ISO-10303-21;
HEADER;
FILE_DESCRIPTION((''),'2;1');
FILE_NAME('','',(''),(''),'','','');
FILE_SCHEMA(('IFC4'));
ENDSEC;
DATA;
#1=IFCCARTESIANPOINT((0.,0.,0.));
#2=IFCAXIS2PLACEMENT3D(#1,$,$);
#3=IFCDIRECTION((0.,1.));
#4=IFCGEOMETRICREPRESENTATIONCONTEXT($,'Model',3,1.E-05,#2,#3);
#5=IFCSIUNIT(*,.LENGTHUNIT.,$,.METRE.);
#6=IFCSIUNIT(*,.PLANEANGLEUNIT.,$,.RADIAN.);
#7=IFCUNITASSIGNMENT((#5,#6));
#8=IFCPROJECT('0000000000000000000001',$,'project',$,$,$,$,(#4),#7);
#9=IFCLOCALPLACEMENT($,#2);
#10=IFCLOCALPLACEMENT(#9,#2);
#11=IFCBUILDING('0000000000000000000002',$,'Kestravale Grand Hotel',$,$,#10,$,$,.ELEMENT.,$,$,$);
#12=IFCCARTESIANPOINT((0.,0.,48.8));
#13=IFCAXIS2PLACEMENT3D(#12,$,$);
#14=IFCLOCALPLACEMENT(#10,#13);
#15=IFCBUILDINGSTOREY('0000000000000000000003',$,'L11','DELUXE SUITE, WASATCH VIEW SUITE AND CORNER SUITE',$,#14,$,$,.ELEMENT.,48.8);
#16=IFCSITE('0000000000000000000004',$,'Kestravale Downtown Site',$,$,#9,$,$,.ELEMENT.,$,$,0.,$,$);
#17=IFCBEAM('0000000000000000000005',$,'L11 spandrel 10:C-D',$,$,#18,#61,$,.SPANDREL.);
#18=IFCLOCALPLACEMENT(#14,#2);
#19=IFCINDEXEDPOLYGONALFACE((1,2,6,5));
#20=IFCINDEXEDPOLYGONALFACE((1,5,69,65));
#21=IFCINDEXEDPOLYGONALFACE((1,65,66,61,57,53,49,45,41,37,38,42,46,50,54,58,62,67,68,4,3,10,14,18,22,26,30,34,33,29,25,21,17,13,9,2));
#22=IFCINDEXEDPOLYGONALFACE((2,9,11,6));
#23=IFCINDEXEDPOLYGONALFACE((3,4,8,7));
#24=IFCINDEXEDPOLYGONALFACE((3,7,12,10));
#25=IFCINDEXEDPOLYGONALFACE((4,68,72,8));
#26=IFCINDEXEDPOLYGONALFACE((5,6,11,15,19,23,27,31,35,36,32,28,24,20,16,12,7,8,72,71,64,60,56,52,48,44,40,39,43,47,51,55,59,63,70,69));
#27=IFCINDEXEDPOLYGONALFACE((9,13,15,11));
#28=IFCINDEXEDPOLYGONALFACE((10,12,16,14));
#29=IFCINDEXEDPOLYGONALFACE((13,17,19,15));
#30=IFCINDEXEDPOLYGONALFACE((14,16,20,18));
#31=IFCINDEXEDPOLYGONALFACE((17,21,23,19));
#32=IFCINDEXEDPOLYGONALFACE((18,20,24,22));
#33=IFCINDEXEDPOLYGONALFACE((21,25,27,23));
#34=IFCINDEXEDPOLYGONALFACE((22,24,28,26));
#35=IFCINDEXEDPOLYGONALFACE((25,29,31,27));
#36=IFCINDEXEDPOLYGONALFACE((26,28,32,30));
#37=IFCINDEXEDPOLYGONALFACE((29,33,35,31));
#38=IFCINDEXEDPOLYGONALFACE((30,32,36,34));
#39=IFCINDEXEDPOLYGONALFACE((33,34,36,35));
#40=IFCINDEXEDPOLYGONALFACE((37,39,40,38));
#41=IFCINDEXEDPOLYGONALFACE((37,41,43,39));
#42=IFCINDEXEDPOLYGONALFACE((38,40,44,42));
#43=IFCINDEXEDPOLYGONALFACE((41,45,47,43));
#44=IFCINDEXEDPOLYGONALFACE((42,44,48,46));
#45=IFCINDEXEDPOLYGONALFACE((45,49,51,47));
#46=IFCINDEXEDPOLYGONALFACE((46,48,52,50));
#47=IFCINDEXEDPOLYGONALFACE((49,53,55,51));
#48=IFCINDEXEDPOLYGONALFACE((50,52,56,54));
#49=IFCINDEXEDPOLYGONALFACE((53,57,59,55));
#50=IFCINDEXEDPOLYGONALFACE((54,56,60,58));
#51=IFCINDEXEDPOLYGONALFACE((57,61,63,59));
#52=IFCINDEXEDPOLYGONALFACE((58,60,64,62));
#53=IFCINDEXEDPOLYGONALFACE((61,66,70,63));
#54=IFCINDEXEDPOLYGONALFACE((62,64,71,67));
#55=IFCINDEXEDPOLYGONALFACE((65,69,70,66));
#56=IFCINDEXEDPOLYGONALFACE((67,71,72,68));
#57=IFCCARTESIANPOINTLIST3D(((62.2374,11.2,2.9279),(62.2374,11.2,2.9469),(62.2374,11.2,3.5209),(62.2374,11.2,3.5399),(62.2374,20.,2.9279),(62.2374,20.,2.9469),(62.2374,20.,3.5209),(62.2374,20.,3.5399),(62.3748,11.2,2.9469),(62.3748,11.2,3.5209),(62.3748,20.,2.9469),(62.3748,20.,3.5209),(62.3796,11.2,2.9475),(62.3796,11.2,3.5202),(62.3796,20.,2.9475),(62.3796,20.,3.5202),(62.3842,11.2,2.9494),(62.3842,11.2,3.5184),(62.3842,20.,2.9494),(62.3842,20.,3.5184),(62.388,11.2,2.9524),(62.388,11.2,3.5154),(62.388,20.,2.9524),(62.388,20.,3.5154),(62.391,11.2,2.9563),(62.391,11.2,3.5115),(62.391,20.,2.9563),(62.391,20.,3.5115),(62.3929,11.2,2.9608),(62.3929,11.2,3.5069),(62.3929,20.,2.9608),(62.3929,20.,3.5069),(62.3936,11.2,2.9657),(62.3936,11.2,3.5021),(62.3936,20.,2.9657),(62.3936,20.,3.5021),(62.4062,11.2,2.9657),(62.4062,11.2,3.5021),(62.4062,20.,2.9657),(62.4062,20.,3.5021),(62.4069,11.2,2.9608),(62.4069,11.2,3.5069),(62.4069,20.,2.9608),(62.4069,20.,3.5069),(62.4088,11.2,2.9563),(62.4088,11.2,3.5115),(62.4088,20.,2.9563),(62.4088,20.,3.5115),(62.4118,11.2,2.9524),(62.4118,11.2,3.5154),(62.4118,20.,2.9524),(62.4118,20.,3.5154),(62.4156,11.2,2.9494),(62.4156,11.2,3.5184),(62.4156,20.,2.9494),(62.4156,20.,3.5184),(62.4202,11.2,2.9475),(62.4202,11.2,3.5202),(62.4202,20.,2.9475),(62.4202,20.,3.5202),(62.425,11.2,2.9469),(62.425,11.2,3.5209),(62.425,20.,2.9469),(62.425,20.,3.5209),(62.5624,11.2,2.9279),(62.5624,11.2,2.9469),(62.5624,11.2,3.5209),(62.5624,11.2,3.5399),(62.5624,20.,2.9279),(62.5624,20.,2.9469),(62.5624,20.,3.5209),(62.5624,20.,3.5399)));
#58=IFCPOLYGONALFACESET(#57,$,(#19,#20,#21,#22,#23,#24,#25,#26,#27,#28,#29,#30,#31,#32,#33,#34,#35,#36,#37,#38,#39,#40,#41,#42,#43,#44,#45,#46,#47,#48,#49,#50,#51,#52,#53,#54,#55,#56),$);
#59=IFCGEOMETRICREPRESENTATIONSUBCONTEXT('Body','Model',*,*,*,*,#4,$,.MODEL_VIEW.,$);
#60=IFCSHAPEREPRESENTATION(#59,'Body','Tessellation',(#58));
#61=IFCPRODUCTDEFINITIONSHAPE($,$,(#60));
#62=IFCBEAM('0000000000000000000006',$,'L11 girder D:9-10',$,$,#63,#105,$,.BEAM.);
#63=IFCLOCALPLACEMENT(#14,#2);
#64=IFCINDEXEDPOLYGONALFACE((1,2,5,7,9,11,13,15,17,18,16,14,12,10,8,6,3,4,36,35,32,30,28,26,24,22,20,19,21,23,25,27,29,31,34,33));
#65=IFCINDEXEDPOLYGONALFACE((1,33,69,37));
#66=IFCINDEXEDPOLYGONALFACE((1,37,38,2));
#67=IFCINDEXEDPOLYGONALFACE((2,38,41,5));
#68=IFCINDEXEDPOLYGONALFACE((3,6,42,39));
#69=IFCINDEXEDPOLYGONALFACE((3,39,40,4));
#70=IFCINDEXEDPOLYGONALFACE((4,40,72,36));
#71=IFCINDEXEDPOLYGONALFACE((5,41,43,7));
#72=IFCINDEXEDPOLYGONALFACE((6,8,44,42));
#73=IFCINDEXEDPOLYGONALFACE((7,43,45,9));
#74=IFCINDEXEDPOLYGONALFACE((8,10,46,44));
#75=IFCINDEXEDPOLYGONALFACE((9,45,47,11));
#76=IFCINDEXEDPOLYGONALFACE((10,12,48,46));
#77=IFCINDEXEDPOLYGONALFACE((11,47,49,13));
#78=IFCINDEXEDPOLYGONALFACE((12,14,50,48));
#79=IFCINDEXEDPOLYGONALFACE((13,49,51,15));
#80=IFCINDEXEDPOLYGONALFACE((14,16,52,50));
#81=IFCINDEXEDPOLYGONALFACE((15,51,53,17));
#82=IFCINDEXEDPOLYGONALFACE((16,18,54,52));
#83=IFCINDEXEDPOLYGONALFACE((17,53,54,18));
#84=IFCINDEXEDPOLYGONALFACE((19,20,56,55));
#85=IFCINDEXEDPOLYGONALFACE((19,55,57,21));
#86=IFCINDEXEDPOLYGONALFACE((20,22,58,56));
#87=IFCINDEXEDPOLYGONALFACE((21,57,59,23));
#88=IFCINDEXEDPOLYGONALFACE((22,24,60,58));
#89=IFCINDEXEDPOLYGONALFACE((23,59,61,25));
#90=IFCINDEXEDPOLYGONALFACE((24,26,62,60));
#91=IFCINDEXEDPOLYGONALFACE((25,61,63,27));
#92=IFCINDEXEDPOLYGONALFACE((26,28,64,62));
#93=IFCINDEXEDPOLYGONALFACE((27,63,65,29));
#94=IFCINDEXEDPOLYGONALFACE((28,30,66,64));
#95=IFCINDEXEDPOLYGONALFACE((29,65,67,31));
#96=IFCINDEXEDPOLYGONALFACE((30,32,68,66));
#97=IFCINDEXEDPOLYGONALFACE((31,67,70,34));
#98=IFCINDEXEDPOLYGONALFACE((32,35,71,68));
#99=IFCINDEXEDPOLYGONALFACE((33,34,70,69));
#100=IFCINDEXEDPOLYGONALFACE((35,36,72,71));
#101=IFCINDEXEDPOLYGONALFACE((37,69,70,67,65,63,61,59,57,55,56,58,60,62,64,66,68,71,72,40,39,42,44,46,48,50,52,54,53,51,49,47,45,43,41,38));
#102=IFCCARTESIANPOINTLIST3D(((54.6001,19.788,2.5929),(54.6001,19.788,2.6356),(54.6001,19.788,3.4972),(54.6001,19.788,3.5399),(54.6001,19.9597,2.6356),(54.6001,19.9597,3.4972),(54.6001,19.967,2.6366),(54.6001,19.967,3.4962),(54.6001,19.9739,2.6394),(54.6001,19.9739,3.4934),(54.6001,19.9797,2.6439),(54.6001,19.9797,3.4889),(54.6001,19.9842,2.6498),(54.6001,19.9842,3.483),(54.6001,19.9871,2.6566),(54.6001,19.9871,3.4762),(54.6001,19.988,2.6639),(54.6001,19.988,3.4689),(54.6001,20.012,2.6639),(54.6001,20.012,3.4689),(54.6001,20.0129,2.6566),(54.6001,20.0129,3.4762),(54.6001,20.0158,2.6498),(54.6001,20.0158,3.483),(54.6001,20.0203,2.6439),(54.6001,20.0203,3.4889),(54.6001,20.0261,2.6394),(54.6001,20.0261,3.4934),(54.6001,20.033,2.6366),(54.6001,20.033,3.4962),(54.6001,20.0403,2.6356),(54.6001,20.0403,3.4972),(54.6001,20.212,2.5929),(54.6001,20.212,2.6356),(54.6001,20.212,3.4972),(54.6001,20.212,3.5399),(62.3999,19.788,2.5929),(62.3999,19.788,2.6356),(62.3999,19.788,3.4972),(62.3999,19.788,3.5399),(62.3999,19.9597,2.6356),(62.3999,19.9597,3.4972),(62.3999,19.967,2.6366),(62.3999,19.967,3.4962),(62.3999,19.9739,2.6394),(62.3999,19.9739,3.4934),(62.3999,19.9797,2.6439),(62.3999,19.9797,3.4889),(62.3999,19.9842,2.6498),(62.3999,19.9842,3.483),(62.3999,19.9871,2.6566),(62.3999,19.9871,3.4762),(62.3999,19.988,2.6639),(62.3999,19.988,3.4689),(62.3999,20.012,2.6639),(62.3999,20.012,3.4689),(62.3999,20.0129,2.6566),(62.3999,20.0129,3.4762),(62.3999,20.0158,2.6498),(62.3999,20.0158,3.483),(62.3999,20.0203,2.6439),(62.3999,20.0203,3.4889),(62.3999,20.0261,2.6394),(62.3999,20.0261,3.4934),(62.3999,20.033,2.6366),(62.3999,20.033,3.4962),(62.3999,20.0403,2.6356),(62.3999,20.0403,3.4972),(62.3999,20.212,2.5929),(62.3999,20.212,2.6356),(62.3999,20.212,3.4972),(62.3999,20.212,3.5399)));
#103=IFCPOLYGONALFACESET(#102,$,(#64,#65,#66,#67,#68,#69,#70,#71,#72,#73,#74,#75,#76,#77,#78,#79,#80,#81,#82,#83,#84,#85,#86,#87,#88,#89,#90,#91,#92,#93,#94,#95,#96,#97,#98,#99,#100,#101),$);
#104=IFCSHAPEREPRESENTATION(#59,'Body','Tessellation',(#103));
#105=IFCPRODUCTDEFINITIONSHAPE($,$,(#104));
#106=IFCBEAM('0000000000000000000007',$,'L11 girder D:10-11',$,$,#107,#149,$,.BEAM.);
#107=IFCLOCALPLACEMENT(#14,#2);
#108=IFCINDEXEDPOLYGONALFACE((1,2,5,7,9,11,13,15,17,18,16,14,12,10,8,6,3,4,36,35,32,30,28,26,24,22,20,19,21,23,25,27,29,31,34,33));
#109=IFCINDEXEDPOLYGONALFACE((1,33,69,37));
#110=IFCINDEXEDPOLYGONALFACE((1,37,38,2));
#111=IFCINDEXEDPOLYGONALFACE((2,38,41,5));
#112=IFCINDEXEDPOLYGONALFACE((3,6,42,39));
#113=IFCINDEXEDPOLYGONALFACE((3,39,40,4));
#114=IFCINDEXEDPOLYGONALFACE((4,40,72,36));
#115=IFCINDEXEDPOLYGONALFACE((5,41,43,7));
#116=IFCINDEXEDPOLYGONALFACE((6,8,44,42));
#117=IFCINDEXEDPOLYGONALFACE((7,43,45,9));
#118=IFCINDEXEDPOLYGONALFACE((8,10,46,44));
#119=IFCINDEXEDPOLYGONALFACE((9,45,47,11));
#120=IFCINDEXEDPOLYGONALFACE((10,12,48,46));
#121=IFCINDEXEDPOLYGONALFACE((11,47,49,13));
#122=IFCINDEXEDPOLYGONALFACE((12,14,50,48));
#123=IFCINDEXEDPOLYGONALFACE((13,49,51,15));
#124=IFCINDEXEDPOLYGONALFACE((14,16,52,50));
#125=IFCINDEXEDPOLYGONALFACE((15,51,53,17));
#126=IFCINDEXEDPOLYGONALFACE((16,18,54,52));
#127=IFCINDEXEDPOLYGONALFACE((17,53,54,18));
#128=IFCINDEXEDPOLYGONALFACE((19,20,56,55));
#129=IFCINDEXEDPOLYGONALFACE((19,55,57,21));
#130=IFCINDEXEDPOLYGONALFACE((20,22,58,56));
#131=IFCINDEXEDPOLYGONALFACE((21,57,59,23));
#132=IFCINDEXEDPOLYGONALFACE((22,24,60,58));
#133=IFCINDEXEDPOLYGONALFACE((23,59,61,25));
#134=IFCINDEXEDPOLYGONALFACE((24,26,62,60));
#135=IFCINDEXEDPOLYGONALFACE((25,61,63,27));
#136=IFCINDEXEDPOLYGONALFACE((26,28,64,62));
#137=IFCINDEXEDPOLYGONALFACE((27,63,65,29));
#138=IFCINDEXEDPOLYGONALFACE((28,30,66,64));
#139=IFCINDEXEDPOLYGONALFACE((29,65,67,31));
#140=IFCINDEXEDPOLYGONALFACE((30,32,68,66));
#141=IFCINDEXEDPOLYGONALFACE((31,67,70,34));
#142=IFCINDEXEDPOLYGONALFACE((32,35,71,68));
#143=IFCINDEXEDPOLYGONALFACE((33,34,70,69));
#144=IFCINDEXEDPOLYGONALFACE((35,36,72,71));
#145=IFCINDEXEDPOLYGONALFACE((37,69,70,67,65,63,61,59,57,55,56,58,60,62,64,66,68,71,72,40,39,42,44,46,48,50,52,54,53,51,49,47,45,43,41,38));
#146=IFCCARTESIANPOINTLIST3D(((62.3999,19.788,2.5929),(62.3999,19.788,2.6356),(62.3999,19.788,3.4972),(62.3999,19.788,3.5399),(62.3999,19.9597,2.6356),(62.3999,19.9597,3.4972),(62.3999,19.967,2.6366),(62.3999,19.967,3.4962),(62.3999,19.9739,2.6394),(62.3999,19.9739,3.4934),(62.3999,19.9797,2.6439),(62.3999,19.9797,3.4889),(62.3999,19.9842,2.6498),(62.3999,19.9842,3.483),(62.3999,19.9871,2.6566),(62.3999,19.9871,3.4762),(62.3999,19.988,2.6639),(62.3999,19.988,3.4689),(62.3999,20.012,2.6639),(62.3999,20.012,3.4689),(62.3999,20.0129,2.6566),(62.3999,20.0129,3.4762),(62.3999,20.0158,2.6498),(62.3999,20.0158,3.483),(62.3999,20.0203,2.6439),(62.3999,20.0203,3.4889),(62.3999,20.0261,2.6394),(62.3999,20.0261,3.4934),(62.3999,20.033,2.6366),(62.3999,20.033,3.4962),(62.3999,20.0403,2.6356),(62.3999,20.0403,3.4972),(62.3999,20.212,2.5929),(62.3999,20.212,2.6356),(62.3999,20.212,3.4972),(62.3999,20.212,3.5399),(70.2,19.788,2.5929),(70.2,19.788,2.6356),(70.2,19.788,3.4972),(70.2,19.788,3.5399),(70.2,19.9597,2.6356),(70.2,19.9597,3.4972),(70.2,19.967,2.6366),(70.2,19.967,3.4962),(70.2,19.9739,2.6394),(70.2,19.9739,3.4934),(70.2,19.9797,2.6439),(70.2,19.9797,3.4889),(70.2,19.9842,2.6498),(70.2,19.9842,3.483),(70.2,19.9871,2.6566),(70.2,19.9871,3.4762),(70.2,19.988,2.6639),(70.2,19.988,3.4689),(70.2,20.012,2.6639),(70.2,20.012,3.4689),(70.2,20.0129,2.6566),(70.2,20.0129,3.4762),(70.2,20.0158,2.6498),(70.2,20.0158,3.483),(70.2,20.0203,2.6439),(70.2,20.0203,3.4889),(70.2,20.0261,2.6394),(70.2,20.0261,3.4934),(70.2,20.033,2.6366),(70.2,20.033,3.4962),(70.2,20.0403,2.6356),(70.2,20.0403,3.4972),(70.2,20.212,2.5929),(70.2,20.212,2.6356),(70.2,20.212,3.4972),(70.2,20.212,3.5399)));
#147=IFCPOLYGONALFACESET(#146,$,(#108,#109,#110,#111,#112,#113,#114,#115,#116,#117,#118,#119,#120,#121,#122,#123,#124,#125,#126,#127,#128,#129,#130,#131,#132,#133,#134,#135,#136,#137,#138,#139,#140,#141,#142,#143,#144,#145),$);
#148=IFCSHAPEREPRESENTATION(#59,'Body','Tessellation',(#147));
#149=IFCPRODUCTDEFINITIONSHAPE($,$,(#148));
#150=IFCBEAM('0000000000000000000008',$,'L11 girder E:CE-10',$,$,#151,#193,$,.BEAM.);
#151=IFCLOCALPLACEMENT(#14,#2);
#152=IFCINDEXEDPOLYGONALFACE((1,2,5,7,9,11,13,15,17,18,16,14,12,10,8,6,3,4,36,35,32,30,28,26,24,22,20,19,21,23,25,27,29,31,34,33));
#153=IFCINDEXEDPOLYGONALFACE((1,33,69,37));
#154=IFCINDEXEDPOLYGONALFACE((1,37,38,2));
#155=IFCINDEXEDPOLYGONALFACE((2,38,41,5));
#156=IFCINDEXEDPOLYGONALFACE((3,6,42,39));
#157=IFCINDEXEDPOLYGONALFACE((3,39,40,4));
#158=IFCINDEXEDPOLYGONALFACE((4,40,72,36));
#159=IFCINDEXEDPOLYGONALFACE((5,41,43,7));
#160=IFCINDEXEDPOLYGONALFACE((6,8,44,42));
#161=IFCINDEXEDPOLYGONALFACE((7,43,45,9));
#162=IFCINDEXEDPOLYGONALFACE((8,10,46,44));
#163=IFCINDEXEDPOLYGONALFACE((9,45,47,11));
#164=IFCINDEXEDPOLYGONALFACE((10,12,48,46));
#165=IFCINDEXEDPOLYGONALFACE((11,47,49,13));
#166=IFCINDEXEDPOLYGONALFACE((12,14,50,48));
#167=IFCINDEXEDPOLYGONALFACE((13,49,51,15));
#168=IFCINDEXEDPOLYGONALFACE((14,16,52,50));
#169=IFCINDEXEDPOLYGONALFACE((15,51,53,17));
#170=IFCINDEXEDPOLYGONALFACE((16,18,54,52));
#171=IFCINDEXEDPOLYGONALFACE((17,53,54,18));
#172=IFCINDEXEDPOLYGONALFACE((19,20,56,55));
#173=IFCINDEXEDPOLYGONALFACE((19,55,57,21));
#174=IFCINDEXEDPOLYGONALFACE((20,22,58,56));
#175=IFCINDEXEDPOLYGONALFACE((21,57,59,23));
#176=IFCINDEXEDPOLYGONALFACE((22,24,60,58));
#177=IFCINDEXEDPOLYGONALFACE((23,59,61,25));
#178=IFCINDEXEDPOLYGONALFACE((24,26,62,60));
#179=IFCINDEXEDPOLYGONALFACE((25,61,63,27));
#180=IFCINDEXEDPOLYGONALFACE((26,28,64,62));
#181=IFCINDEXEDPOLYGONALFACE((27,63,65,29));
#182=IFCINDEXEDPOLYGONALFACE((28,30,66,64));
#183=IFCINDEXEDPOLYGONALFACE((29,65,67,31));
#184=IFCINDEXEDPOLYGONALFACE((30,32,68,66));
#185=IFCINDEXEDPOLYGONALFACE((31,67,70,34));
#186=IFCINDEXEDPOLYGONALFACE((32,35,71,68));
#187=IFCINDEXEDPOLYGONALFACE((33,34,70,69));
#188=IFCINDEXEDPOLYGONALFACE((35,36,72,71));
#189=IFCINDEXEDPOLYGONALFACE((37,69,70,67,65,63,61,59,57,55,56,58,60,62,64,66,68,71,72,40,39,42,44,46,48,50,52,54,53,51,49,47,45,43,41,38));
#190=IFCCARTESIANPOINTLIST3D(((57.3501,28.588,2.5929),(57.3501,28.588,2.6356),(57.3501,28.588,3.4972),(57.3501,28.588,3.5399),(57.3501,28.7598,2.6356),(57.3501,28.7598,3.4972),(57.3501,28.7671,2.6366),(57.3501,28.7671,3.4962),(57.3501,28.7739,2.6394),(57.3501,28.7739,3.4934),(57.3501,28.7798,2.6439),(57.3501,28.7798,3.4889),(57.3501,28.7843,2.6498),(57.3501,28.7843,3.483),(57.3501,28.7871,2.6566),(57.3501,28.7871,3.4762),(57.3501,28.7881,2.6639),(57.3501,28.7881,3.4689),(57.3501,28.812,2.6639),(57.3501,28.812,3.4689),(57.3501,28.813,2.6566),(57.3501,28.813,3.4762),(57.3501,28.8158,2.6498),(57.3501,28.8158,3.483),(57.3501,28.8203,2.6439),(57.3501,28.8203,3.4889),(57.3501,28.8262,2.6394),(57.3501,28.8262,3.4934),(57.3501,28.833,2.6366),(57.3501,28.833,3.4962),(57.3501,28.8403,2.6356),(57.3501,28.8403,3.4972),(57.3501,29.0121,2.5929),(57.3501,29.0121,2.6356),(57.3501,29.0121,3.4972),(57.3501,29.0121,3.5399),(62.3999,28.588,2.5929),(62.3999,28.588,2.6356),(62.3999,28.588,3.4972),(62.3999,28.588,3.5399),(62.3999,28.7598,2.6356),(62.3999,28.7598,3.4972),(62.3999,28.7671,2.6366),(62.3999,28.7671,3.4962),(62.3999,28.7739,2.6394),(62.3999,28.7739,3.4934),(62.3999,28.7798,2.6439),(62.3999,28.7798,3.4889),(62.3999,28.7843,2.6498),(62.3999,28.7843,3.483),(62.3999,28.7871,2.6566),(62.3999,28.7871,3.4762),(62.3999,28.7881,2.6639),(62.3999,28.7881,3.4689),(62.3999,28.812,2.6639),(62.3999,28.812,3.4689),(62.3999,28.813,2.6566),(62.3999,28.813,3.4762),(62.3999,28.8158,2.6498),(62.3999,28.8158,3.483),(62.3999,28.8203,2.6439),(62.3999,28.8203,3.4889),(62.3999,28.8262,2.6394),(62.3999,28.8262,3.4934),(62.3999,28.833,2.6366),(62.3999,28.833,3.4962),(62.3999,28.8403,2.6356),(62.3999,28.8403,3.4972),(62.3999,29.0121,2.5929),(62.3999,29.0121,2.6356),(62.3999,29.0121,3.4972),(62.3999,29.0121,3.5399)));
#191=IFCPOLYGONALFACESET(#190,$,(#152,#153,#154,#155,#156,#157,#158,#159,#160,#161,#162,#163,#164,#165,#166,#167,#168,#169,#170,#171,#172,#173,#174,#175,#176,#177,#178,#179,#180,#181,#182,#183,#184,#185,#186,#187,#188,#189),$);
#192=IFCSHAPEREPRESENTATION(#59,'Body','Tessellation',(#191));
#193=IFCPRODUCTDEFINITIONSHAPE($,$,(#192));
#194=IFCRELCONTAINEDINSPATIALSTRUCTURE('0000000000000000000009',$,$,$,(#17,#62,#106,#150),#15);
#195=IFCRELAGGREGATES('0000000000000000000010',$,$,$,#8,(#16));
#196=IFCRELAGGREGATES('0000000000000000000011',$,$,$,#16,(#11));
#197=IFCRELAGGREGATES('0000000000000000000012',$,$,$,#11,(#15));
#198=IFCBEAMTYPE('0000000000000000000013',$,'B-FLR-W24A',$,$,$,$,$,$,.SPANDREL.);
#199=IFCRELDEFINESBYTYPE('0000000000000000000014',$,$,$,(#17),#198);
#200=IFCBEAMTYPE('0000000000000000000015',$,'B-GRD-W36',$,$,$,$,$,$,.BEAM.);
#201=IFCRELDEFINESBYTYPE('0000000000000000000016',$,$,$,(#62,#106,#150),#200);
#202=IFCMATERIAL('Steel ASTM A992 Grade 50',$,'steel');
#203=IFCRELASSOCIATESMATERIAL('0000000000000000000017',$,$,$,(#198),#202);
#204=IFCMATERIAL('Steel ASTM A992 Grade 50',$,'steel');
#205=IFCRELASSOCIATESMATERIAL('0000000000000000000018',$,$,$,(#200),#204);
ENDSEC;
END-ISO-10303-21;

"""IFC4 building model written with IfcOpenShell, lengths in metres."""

from ifc_helpers import new_model, si_unit, direction, frame, origin, origin_2d, place, context, subcontext, project, spatial, i_section, extrude, material, material_profile, profile_set, type_object, element, save


model = new_model("IFC4")

# Units and contexts
model_context = context("Model", 3, precision=1e-05, world=origin(), true_north=direction((0.0, 1.0)))
body_context = subcontext(model_context, "Body", "Model", "MODEL_VIEW")
ifc_project = project(units=[si_unit("LENGTHUNIT", "METRE"), si_unit("PLANEANGLEUNIT", "RADIAN")], contexts=[model_context])

# Site, building, storey
site_placement = place(None, origin())
site = spatial("IfcSite", under=ifc_project, at=site_placement, Name="Kestravale Downtown Site", CompositionType="ELEMENT", RefElevation=0.0)
building_placement = place(site_placement, origin())
building = spatial("IfcBuilding", under=site, at=building_placement, Name="Kestravale Grand Hotel", CompositionType="ELEMENT")
storey_placement = place(building_placement, frame((0.0, 0.0, 48.8)))
storey = spatial("IfcBuildingStorey", under=building, at=storey_placement, Name="L11", Description="DELUXE SUITE, WASATCH VIEW SUITE AND CORNER SUITE", CompositionType="ELEMENT", Elevation=48.8)

# Beams
ifc_material_1 = material(Name="Steel ASTM A992 Grade 50", Category="steel")
ifc_material_profile_1 = material_profile(ifc_material_1, i_section(OverallWidth=0.325, OverallDepth=0.6121, WebThickness=0.0127, FlangeThickness=0.019, FilletRadius=0.0188, at=origin_2d()))
ifc_profile_set_1 = profile_set([ifc_material_profile_1], Name="Steel ASTM A992 Grade 50")
beam_type_1 = type_object("IfcBeamType", Name="B-FLR-W24A", PredefinedType="SPANDREL", material=ifc_profile_set_1)
beam_1_placement = place(storey_placement, frame((62.3999, 11.2, 3.2339), z_axis=(0.0, 1.0, 0.0), x_axis=(-1.0, 0.0, 0.0)))
element("IfcBeam", 1, at=beam_1_placement, inside=storey, type_object=beam_type_1, Name="L11 spandrel 10:C-D", PredefinedType="SPANDREL", context=body_context, shape_type="SweptSolid", body=[
    extrude(i_section(OverallWidth=0.325, OverallDepth=0.6121, WebThickness=0.0127, FlangeThickness=0.019, FilletRadius=0.0188, at=origin_2d()), origin(), (0.0, 0.0, 1.0), 8.8),
])
ifc_material_2 = material(Name="Steel ASTM A992 Grade 50", Category="steel")
ifc_material_profile_2 = material_profile(ifc_material_2, i_section(OverallWidth=0.4241, OverallDepth=0.947, WebThickness=0.0239, FlangeThickness=0.0427, FilletRadius=0.0283, at=origin_2d()))
ifc_profile_set_2 = profile_set([ifc_material_profile_2], Name="Steel ASTM A992 Grade 50")
beam_type_2 = type_object("IfcBeamType", Name="B-GRD-W36", PredefinedType="BEAM", material=ifc_profile_set_2)
beam_2_placement = place(storey_placement, frame((54.6001, 20.0, 3.0664), z_axis=(1.0, 0.0, 0.0), x_axis=(0.0, 1.0, 0.0)))
element("IfcBeam", 2, at=beam_2_placement, inside=storey, type_object=beam_type_2, Name="L11 girder D:9-10", PredefinedType="BEAM", context=body_context, shape_type="SweptSolid", body=[
    extrude(i_section(OverallWidth=0.4241, OverallDepth=0.947, WebThickness=0.0239, FlangeThickness=0.0427, FilletRadius=0.0283, at=origin_2d()), origin(), (0.0, 0.0, 1.0), 7.7998),
])
beam_3_placement = place(storey_placement, frame((62.3999, 20.0, 3.0664), z_axis=(1.0, 0.0, 0.0), x_axis=(0.0, 1.0, 0.0)))
element("IfcBeam", 3, at=beam_3_placement, inside=storey, type_object=beam_type_2, Name="L11 girder D:10-11", PredefinedType="BEAM", context=body_context, shape_type="SweptSolid", body=[
    extrude(i_section(OverallWidth=0.4241, OverallDepth=0.947, WebThickness=0.0239, FlangeThickness=0.0427, FilletRadius=0.0283, at=origin_2d()), origin(), (0.0, 0.0, 1.0), 7.8),
])
beam_4_placement = place(storey_placement, frame((57.3501, 28.8, 3.0664), z_axis=(1.0, 0.0, 0.0), x_axis=(0.0, 1.0, 0.0)))
element("IfcBeam", 4, at=beam_4_placement, inside=storey, type_object=beam_type_2, Name="L11 girder E:CE-10", PredefinedType="BEAM", context=body_context, shape_type="SweptSolid", body=[
    extrude(i_section(OverallWidth=0.4241, OverallDepth=0.947, WebThickness=0.0239, FlangeThickness=0.0427, FilletRadius=0.0283, at=origin_2d()), origin(), (0.0, 0.0, 1.0), 5.0498),
])

save(model, "model.ifc")
